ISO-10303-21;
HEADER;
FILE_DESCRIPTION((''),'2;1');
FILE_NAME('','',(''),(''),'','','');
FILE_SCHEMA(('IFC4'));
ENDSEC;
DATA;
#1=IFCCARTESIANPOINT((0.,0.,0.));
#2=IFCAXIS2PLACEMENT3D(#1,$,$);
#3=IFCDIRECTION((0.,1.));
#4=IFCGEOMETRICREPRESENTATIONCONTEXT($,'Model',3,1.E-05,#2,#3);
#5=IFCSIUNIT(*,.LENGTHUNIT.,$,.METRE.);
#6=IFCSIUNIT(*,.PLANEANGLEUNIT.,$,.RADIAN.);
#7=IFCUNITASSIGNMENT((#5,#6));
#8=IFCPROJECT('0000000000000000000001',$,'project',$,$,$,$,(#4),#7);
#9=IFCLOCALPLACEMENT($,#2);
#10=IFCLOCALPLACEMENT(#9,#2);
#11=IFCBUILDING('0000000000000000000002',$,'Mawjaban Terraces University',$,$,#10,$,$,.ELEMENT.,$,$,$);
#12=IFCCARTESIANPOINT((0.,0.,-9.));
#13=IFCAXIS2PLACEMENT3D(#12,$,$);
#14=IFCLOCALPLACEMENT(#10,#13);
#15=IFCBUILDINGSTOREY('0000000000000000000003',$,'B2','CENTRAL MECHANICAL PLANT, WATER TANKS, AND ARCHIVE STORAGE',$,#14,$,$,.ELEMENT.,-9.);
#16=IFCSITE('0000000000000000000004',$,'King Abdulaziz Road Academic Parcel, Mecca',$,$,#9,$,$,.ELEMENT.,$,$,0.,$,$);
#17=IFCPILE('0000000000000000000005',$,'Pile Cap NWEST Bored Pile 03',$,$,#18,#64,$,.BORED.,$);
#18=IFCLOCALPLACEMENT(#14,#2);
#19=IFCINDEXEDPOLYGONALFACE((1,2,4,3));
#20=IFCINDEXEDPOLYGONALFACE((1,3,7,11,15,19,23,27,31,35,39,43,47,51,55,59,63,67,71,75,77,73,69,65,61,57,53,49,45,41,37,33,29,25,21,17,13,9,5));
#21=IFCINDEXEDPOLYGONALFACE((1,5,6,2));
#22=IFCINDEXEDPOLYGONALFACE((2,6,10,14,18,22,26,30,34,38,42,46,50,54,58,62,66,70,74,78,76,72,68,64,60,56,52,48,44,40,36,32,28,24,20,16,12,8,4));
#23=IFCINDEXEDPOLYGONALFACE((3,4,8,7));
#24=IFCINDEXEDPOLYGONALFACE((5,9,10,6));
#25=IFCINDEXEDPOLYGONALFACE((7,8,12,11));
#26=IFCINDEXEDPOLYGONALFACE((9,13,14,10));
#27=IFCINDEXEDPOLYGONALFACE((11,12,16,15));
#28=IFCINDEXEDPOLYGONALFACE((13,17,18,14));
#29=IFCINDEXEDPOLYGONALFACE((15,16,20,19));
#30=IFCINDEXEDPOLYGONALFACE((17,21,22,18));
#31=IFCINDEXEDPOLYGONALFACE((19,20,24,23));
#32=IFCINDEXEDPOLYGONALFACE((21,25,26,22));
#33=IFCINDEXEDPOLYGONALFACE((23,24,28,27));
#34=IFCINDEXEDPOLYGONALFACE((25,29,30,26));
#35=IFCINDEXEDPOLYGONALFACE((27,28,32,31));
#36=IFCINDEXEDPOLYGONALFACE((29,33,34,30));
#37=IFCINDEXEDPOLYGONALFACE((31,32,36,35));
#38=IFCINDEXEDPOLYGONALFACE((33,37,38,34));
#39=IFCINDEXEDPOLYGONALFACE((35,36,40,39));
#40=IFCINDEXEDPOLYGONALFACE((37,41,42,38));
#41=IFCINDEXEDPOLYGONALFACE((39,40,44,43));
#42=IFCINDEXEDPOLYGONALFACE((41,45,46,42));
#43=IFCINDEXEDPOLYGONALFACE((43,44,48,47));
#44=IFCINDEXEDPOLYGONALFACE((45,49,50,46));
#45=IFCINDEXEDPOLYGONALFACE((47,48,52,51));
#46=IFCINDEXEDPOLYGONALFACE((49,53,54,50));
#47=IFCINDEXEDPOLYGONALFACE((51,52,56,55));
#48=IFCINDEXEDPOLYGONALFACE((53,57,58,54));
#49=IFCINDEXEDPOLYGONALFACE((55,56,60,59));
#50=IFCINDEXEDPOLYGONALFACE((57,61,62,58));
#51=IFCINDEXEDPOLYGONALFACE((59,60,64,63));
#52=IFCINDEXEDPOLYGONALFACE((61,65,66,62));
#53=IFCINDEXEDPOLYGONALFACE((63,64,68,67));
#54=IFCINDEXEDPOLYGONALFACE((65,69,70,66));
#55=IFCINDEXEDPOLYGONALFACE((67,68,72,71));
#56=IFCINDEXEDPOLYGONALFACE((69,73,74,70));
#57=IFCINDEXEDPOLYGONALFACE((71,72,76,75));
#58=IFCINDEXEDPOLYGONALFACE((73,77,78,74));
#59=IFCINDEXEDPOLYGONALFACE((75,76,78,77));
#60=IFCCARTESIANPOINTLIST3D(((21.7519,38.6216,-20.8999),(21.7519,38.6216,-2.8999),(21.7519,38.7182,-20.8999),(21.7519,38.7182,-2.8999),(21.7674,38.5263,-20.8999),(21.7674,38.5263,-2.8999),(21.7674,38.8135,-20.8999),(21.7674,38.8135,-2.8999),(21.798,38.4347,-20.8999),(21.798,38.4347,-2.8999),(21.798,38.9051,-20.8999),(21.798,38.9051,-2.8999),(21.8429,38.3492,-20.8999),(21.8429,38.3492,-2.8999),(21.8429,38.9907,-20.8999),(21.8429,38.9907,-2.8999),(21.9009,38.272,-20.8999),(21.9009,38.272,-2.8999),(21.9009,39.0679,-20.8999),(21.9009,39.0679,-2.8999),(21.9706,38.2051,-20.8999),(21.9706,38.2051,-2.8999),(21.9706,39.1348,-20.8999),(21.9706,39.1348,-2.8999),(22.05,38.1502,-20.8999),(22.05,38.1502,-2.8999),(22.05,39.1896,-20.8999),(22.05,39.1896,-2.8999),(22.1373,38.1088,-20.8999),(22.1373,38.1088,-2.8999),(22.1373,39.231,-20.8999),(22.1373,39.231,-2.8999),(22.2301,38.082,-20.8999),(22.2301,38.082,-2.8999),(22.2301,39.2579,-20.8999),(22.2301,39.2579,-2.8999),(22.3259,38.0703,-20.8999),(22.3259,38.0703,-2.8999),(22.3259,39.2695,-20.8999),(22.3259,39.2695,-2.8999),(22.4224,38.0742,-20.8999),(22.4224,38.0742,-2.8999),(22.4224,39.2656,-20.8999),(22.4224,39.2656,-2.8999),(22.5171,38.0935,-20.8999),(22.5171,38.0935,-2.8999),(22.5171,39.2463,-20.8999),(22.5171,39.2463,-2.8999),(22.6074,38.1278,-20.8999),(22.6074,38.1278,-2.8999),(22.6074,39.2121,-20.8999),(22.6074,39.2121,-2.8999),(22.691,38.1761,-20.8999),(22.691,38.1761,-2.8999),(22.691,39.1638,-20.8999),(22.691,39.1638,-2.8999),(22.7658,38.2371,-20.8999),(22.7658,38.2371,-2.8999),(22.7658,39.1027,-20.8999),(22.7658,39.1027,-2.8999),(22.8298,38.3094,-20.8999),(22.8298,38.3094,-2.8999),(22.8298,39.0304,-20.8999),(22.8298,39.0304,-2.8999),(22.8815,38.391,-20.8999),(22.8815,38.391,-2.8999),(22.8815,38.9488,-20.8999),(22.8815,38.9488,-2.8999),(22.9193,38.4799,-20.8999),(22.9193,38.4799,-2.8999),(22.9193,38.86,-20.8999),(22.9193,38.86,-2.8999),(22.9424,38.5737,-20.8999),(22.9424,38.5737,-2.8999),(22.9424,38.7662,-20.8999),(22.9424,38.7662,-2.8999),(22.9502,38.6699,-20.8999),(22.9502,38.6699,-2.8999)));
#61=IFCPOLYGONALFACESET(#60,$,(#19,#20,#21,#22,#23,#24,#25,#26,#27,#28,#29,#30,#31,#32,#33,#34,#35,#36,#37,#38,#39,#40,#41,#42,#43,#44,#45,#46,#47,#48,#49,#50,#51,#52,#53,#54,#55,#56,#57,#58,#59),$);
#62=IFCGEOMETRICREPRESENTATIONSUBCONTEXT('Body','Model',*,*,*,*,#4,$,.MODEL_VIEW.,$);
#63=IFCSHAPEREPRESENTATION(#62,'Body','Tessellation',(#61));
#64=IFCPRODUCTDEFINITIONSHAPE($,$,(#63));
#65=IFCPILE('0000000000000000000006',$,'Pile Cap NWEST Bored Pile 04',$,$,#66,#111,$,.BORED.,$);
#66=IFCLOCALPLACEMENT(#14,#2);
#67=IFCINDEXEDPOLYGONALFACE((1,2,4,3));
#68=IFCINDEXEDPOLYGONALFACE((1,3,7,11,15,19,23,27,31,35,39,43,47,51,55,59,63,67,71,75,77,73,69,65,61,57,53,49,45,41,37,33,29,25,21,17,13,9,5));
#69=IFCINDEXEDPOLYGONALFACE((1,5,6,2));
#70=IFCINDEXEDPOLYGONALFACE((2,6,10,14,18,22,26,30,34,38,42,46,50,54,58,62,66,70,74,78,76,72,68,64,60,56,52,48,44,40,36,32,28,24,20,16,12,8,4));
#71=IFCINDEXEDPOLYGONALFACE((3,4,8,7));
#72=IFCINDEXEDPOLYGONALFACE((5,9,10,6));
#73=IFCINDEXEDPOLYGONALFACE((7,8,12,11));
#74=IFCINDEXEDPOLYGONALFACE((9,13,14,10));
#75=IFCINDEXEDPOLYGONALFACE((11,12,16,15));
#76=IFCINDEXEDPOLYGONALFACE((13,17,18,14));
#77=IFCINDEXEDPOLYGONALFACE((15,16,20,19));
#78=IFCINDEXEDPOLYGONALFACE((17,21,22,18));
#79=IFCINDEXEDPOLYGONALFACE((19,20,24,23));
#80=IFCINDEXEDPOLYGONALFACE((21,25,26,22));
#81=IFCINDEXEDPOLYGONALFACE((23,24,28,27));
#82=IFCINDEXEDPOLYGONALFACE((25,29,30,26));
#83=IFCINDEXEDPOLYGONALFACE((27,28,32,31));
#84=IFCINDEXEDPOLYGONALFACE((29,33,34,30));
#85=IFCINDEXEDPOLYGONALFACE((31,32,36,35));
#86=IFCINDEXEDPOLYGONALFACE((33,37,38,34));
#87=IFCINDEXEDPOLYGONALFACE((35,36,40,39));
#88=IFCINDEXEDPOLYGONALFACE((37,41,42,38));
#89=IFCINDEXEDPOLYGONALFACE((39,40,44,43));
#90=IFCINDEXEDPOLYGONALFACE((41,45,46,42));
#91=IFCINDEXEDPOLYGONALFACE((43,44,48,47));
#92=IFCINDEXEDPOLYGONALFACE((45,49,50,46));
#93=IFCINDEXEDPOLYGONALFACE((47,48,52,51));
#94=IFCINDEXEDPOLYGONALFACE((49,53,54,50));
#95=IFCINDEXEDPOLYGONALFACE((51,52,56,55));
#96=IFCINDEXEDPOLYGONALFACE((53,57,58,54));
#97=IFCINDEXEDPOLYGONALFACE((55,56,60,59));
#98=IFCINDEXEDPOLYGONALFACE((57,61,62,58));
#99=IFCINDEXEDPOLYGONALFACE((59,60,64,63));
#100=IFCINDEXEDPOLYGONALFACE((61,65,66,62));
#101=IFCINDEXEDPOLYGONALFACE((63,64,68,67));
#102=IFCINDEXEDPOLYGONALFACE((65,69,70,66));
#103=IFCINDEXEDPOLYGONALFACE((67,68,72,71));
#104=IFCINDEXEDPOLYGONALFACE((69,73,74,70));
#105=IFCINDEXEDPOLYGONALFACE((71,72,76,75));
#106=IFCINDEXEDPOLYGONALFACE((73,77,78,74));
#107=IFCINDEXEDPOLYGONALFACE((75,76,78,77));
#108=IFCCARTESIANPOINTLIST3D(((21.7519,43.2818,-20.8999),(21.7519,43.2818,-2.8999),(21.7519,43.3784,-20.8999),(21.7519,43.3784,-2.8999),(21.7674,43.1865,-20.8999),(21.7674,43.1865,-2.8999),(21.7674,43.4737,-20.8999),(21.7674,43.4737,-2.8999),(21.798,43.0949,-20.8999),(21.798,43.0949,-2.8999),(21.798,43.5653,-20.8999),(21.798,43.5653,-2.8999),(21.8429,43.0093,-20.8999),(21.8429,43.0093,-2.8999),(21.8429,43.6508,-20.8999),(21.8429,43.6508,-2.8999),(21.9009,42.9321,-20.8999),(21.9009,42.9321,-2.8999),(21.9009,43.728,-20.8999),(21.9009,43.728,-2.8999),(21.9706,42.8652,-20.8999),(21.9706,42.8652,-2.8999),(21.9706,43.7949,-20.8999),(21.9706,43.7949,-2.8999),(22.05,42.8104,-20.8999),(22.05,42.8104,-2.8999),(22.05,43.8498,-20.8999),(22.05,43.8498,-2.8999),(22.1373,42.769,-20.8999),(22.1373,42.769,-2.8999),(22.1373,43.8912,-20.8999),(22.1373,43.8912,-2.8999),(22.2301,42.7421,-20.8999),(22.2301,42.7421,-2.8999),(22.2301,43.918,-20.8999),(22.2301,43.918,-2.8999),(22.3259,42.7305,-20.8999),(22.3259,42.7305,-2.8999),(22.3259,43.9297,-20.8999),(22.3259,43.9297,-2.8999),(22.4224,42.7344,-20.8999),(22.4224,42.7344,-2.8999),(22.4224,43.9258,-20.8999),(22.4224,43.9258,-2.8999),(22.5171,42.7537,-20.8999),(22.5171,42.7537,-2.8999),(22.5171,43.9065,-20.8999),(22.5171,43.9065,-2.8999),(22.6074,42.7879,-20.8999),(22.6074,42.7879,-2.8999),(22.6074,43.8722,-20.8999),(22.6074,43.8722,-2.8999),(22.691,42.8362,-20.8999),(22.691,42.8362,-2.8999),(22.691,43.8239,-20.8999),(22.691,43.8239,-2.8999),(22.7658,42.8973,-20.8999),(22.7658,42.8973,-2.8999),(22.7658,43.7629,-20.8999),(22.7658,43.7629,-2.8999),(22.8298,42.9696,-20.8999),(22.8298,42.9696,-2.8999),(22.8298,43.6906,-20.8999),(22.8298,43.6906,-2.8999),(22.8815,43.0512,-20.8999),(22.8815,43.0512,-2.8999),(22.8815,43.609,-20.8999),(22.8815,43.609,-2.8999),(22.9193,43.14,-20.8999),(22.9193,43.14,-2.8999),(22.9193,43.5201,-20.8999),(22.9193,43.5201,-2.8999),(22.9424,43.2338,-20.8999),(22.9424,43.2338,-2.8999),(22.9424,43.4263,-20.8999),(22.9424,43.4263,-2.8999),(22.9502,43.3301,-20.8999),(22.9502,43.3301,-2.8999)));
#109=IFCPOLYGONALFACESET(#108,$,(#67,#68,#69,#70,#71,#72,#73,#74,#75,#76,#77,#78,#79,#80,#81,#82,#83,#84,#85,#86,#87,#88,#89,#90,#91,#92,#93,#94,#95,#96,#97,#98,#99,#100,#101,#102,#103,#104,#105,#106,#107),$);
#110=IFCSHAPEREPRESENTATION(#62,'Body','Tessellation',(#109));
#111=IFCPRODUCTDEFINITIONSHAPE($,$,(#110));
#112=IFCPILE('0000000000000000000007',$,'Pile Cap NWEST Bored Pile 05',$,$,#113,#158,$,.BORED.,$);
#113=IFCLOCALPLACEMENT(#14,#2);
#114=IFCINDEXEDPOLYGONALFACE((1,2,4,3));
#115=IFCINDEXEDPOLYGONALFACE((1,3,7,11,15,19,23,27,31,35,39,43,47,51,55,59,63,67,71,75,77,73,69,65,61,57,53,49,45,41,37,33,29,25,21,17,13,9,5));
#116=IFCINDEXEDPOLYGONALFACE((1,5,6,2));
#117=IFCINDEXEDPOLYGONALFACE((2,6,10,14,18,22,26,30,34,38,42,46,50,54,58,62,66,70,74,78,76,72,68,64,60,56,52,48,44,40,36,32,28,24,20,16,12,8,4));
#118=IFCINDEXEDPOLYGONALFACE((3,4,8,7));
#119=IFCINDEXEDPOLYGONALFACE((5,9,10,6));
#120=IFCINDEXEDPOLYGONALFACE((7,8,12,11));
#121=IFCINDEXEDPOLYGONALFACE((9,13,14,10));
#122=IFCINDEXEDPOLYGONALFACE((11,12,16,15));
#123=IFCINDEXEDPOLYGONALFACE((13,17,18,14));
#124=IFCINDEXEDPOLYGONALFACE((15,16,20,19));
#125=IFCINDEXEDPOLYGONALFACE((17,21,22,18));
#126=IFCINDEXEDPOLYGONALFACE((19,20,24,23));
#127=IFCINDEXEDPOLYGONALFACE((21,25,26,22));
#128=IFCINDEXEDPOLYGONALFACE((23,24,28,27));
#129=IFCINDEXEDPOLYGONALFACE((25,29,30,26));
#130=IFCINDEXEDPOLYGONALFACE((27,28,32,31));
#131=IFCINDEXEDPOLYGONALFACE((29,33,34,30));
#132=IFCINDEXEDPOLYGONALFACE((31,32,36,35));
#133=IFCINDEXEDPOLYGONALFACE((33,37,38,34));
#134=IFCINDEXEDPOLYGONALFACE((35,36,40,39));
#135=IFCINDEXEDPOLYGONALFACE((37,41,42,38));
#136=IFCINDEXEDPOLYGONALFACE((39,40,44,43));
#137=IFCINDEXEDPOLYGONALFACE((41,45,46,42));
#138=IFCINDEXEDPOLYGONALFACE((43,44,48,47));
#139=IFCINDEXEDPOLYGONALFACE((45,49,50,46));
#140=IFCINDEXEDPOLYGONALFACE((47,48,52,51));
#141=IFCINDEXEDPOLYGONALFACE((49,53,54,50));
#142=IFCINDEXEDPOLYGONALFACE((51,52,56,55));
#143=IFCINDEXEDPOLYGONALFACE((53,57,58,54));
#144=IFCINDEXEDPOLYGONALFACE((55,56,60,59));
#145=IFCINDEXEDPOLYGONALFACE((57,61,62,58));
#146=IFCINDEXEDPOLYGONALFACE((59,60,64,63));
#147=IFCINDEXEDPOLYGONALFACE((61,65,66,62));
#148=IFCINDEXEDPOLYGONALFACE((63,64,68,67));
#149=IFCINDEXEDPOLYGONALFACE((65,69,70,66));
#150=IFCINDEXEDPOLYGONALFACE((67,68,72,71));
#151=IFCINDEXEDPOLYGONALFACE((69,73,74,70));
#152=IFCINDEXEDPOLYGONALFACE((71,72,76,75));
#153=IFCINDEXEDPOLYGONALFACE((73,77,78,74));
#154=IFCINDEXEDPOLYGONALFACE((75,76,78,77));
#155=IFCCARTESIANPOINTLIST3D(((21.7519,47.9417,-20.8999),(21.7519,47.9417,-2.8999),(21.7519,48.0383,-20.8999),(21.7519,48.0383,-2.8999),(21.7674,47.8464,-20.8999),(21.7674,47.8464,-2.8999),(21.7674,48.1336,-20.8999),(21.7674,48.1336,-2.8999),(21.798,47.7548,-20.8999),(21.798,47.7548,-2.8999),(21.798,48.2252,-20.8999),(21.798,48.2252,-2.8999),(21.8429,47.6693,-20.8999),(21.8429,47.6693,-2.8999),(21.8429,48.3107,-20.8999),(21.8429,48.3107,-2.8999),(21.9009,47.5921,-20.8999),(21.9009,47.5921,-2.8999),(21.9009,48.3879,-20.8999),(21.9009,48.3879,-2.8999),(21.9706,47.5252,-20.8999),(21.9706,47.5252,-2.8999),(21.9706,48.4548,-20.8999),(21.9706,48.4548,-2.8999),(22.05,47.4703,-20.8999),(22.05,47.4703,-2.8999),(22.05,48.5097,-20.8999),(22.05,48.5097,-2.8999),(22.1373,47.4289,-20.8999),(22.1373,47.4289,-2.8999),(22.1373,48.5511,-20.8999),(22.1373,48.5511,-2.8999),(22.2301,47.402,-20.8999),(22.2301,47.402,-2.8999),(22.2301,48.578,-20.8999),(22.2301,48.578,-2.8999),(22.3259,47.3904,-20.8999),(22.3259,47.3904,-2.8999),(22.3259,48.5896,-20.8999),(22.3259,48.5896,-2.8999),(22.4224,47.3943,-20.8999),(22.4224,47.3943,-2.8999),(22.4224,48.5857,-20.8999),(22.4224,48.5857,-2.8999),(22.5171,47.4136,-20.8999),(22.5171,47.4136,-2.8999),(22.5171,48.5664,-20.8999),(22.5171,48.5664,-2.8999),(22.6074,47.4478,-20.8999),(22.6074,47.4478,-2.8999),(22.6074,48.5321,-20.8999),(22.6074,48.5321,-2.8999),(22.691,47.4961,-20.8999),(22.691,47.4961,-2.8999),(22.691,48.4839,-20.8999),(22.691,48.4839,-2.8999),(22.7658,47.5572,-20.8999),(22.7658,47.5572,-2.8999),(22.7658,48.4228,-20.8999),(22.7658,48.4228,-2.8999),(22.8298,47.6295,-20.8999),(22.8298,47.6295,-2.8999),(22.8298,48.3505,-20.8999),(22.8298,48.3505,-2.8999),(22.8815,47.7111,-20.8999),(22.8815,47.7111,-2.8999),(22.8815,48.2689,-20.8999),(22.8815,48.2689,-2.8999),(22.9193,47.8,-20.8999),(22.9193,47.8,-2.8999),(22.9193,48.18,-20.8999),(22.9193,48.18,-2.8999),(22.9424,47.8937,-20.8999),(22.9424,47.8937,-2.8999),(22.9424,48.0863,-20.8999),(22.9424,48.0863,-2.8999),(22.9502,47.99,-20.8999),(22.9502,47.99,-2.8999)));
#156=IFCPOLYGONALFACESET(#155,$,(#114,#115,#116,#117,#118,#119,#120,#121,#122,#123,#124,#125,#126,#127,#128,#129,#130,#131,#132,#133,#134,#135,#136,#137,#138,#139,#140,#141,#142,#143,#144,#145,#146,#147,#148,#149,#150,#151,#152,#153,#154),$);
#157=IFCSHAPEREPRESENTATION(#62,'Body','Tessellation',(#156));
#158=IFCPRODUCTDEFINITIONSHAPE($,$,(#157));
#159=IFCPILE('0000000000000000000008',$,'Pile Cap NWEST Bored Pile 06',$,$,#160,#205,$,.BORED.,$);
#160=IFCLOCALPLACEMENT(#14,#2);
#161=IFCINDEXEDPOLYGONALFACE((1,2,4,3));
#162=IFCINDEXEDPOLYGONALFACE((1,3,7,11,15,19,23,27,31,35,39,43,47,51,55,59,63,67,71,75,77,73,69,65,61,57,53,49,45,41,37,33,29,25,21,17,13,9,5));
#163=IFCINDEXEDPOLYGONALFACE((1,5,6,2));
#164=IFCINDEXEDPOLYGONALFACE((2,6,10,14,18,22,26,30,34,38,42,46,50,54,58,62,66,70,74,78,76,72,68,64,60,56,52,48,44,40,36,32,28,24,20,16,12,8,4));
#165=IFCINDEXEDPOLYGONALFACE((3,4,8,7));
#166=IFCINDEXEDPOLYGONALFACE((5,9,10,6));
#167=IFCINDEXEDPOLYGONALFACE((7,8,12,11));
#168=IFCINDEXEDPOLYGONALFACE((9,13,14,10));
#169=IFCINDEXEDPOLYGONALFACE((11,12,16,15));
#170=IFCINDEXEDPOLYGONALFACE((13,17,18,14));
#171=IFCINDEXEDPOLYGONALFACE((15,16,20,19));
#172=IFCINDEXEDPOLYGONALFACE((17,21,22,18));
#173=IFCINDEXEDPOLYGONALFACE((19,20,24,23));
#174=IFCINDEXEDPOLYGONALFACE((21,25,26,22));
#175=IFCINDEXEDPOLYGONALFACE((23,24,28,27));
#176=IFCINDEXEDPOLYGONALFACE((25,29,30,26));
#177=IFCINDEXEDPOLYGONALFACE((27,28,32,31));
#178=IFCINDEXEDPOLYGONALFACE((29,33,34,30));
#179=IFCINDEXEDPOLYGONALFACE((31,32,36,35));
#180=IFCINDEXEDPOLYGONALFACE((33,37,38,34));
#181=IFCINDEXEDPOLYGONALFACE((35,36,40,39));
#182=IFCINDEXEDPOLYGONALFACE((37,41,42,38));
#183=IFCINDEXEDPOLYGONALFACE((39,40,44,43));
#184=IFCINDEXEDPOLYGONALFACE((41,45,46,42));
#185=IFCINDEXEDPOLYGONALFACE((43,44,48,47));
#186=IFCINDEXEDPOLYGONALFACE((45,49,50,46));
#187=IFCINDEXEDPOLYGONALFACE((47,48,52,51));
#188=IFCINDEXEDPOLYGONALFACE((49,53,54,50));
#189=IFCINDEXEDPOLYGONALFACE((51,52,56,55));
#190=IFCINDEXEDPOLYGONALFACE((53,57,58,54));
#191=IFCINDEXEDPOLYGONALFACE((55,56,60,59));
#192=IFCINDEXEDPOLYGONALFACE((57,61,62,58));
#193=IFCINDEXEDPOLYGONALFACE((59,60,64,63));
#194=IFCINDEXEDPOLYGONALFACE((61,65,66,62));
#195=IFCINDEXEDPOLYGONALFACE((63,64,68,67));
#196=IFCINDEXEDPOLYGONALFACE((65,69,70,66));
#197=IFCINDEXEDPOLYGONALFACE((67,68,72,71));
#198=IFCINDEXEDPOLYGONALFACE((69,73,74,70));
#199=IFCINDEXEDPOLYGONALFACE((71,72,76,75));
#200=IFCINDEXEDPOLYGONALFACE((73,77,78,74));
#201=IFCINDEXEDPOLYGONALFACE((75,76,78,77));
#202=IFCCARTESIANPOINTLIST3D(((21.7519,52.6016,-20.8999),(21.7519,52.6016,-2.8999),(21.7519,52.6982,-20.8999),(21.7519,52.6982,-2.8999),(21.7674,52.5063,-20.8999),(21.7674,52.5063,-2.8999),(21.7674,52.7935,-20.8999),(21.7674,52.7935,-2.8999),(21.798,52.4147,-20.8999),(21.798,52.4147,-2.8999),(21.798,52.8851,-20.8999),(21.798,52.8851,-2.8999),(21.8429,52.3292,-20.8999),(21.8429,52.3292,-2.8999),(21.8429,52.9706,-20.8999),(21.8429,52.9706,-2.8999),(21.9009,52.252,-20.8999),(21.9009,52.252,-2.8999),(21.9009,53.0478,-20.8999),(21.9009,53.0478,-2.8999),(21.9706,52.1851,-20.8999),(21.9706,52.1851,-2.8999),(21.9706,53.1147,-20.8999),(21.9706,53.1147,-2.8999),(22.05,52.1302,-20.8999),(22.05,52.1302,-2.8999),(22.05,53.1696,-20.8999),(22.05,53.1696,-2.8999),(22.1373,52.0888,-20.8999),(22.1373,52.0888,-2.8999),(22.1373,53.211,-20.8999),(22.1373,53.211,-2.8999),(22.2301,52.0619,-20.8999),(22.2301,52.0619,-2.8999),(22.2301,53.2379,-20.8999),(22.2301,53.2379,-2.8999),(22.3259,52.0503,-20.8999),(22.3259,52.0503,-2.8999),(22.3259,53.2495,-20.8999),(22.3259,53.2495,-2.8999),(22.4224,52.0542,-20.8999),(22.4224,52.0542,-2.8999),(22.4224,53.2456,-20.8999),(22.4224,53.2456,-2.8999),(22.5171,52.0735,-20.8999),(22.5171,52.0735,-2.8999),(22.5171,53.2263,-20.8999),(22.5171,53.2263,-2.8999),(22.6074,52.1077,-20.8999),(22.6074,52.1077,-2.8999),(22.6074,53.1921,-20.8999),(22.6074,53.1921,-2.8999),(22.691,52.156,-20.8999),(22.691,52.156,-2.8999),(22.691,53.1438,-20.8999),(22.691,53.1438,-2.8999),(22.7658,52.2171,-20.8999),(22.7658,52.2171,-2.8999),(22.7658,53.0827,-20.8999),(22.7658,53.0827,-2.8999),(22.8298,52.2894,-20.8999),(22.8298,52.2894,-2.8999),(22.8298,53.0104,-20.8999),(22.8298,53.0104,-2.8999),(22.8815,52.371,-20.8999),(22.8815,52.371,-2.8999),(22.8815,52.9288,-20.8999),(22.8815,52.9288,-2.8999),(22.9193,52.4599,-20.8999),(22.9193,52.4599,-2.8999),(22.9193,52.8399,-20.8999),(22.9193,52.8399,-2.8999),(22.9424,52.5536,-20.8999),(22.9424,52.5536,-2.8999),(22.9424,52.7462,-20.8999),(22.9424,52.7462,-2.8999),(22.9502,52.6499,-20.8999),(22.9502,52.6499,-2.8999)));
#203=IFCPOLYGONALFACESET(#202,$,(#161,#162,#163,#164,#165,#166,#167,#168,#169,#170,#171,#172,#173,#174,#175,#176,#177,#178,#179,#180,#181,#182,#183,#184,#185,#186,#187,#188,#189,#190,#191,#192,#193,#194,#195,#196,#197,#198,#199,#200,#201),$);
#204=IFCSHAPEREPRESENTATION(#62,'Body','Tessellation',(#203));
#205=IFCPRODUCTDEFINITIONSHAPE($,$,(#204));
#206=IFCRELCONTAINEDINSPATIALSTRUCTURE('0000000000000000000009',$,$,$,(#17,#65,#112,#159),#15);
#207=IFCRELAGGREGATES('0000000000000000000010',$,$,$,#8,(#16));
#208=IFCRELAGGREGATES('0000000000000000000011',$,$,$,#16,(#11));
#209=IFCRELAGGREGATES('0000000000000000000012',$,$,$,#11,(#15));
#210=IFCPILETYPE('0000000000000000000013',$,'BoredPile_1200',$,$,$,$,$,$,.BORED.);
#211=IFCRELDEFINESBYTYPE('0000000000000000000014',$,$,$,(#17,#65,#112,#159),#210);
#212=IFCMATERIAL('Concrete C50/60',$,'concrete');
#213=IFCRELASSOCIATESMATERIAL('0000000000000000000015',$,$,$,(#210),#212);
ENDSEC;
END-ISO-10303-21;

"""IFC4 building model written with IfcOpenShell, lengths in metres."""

from ifc_helpers import new_model, si_unit, direction, frame, origin, origin_2d, place, context, subcontext, project, spatial, circle, extrude, material, material_profile, profile_set, type_object, element, save


model = new_model("IFC4")

# Units and contexts
model_context = context("Model", 3, precision=1e-05, world=origin(), true_north=direction((0.0, 1.0)))
body_context = subcontext(model_context, "Body", "Model", "MODEL_VIEW")
ifc_project = project(units=[si_unit("LENGTHUNIT", "METRE"), si_unit("PLANEANGLEUNIT", "RADIAN")], contexts=[model_context])

# Site, building, storey
site_placement = place(None, origin())
site = spatial("IfcSite", under=ifc_project, at=site_placement, Name="King Abdulaziz Road Academic Parcel, Mecca", CompositionType="ELEMENT", RefElevation=0.0)
building_placement = place(site_placement, origin())
building = spatial("IfcBuilding", under=site, at=building_placement, Name="Mawjaban Terraces University", CompositionType="ELEMENT")
storey_placement = place(building_placement, frame((0.0, 0.0, -9.0)))
storey = spatial("IfcBuildingStorey", under=building, at=storey_placement, Name="B2", Description="CENTRAL MECHANICAL PLANT, WATER TANKS, AND ARCHIVE STORAGE", CompositionType="ELEMENT", Elevation=-9.0)

# Piles
ifc_material_1 = material(Name="Concrete C50/60", Category="concrete")
ifc_material_profile_1 = material_profile(ifc_material_1, circle(Radius=0.6001, at=origin_2d()), Name="PILE1200")
ifc_profile_set_1 = profile_set([ifc_material_profile_1], Name="Concrete C50/60")
pile_type = type_object("IfcPileType", Name="BoredPile_1200", PredefinedType="BORED", material=ifc_profile_set_1)
for number, where, z_axis, x_axis, name in (
    (1, (22.3501, 38.6699, -2.8999), (0.0, 0.0, -1.0), (1.0, 0.0, 0.0), "Pile Cap NWEST Bored Pile 03"),
    (2, (22.3501, 43.3301, -2.8999), (0.0, 0.0, -1.0), (1.0, 0.0, 0.0), "Pile Cap NWEST Bored Pile 04"),
    (3, (22.3501, 47.99, -2.8999), (0.0, 0.0, -1.0), (1.0, 0.0, 0.0), "Pile Cap NWEST Bored Pile 05"),
    (4, (22.3501, 52.6499, -2.8999), (0.0, 0.0, -1.0), (1.0, 0.0, 0.0), "Pile Cap NWEST Bored Pile 06"),
):
    element("IfcPile", number, at=place(storey_placement, frame(where, z_axis=z_axis, x_axis=x_axis)), inside=storey, type_object=pile_type, Name=name, PredefinedType="BORED", context=body_context, shape_type="SweptSolid", body=[
        extrude(circle(Radius=0.6001, at=origin_2d()), origin(), (0.0, 0.0, 1.0), 18.0),
    ])

save(model, "model.ifc")
